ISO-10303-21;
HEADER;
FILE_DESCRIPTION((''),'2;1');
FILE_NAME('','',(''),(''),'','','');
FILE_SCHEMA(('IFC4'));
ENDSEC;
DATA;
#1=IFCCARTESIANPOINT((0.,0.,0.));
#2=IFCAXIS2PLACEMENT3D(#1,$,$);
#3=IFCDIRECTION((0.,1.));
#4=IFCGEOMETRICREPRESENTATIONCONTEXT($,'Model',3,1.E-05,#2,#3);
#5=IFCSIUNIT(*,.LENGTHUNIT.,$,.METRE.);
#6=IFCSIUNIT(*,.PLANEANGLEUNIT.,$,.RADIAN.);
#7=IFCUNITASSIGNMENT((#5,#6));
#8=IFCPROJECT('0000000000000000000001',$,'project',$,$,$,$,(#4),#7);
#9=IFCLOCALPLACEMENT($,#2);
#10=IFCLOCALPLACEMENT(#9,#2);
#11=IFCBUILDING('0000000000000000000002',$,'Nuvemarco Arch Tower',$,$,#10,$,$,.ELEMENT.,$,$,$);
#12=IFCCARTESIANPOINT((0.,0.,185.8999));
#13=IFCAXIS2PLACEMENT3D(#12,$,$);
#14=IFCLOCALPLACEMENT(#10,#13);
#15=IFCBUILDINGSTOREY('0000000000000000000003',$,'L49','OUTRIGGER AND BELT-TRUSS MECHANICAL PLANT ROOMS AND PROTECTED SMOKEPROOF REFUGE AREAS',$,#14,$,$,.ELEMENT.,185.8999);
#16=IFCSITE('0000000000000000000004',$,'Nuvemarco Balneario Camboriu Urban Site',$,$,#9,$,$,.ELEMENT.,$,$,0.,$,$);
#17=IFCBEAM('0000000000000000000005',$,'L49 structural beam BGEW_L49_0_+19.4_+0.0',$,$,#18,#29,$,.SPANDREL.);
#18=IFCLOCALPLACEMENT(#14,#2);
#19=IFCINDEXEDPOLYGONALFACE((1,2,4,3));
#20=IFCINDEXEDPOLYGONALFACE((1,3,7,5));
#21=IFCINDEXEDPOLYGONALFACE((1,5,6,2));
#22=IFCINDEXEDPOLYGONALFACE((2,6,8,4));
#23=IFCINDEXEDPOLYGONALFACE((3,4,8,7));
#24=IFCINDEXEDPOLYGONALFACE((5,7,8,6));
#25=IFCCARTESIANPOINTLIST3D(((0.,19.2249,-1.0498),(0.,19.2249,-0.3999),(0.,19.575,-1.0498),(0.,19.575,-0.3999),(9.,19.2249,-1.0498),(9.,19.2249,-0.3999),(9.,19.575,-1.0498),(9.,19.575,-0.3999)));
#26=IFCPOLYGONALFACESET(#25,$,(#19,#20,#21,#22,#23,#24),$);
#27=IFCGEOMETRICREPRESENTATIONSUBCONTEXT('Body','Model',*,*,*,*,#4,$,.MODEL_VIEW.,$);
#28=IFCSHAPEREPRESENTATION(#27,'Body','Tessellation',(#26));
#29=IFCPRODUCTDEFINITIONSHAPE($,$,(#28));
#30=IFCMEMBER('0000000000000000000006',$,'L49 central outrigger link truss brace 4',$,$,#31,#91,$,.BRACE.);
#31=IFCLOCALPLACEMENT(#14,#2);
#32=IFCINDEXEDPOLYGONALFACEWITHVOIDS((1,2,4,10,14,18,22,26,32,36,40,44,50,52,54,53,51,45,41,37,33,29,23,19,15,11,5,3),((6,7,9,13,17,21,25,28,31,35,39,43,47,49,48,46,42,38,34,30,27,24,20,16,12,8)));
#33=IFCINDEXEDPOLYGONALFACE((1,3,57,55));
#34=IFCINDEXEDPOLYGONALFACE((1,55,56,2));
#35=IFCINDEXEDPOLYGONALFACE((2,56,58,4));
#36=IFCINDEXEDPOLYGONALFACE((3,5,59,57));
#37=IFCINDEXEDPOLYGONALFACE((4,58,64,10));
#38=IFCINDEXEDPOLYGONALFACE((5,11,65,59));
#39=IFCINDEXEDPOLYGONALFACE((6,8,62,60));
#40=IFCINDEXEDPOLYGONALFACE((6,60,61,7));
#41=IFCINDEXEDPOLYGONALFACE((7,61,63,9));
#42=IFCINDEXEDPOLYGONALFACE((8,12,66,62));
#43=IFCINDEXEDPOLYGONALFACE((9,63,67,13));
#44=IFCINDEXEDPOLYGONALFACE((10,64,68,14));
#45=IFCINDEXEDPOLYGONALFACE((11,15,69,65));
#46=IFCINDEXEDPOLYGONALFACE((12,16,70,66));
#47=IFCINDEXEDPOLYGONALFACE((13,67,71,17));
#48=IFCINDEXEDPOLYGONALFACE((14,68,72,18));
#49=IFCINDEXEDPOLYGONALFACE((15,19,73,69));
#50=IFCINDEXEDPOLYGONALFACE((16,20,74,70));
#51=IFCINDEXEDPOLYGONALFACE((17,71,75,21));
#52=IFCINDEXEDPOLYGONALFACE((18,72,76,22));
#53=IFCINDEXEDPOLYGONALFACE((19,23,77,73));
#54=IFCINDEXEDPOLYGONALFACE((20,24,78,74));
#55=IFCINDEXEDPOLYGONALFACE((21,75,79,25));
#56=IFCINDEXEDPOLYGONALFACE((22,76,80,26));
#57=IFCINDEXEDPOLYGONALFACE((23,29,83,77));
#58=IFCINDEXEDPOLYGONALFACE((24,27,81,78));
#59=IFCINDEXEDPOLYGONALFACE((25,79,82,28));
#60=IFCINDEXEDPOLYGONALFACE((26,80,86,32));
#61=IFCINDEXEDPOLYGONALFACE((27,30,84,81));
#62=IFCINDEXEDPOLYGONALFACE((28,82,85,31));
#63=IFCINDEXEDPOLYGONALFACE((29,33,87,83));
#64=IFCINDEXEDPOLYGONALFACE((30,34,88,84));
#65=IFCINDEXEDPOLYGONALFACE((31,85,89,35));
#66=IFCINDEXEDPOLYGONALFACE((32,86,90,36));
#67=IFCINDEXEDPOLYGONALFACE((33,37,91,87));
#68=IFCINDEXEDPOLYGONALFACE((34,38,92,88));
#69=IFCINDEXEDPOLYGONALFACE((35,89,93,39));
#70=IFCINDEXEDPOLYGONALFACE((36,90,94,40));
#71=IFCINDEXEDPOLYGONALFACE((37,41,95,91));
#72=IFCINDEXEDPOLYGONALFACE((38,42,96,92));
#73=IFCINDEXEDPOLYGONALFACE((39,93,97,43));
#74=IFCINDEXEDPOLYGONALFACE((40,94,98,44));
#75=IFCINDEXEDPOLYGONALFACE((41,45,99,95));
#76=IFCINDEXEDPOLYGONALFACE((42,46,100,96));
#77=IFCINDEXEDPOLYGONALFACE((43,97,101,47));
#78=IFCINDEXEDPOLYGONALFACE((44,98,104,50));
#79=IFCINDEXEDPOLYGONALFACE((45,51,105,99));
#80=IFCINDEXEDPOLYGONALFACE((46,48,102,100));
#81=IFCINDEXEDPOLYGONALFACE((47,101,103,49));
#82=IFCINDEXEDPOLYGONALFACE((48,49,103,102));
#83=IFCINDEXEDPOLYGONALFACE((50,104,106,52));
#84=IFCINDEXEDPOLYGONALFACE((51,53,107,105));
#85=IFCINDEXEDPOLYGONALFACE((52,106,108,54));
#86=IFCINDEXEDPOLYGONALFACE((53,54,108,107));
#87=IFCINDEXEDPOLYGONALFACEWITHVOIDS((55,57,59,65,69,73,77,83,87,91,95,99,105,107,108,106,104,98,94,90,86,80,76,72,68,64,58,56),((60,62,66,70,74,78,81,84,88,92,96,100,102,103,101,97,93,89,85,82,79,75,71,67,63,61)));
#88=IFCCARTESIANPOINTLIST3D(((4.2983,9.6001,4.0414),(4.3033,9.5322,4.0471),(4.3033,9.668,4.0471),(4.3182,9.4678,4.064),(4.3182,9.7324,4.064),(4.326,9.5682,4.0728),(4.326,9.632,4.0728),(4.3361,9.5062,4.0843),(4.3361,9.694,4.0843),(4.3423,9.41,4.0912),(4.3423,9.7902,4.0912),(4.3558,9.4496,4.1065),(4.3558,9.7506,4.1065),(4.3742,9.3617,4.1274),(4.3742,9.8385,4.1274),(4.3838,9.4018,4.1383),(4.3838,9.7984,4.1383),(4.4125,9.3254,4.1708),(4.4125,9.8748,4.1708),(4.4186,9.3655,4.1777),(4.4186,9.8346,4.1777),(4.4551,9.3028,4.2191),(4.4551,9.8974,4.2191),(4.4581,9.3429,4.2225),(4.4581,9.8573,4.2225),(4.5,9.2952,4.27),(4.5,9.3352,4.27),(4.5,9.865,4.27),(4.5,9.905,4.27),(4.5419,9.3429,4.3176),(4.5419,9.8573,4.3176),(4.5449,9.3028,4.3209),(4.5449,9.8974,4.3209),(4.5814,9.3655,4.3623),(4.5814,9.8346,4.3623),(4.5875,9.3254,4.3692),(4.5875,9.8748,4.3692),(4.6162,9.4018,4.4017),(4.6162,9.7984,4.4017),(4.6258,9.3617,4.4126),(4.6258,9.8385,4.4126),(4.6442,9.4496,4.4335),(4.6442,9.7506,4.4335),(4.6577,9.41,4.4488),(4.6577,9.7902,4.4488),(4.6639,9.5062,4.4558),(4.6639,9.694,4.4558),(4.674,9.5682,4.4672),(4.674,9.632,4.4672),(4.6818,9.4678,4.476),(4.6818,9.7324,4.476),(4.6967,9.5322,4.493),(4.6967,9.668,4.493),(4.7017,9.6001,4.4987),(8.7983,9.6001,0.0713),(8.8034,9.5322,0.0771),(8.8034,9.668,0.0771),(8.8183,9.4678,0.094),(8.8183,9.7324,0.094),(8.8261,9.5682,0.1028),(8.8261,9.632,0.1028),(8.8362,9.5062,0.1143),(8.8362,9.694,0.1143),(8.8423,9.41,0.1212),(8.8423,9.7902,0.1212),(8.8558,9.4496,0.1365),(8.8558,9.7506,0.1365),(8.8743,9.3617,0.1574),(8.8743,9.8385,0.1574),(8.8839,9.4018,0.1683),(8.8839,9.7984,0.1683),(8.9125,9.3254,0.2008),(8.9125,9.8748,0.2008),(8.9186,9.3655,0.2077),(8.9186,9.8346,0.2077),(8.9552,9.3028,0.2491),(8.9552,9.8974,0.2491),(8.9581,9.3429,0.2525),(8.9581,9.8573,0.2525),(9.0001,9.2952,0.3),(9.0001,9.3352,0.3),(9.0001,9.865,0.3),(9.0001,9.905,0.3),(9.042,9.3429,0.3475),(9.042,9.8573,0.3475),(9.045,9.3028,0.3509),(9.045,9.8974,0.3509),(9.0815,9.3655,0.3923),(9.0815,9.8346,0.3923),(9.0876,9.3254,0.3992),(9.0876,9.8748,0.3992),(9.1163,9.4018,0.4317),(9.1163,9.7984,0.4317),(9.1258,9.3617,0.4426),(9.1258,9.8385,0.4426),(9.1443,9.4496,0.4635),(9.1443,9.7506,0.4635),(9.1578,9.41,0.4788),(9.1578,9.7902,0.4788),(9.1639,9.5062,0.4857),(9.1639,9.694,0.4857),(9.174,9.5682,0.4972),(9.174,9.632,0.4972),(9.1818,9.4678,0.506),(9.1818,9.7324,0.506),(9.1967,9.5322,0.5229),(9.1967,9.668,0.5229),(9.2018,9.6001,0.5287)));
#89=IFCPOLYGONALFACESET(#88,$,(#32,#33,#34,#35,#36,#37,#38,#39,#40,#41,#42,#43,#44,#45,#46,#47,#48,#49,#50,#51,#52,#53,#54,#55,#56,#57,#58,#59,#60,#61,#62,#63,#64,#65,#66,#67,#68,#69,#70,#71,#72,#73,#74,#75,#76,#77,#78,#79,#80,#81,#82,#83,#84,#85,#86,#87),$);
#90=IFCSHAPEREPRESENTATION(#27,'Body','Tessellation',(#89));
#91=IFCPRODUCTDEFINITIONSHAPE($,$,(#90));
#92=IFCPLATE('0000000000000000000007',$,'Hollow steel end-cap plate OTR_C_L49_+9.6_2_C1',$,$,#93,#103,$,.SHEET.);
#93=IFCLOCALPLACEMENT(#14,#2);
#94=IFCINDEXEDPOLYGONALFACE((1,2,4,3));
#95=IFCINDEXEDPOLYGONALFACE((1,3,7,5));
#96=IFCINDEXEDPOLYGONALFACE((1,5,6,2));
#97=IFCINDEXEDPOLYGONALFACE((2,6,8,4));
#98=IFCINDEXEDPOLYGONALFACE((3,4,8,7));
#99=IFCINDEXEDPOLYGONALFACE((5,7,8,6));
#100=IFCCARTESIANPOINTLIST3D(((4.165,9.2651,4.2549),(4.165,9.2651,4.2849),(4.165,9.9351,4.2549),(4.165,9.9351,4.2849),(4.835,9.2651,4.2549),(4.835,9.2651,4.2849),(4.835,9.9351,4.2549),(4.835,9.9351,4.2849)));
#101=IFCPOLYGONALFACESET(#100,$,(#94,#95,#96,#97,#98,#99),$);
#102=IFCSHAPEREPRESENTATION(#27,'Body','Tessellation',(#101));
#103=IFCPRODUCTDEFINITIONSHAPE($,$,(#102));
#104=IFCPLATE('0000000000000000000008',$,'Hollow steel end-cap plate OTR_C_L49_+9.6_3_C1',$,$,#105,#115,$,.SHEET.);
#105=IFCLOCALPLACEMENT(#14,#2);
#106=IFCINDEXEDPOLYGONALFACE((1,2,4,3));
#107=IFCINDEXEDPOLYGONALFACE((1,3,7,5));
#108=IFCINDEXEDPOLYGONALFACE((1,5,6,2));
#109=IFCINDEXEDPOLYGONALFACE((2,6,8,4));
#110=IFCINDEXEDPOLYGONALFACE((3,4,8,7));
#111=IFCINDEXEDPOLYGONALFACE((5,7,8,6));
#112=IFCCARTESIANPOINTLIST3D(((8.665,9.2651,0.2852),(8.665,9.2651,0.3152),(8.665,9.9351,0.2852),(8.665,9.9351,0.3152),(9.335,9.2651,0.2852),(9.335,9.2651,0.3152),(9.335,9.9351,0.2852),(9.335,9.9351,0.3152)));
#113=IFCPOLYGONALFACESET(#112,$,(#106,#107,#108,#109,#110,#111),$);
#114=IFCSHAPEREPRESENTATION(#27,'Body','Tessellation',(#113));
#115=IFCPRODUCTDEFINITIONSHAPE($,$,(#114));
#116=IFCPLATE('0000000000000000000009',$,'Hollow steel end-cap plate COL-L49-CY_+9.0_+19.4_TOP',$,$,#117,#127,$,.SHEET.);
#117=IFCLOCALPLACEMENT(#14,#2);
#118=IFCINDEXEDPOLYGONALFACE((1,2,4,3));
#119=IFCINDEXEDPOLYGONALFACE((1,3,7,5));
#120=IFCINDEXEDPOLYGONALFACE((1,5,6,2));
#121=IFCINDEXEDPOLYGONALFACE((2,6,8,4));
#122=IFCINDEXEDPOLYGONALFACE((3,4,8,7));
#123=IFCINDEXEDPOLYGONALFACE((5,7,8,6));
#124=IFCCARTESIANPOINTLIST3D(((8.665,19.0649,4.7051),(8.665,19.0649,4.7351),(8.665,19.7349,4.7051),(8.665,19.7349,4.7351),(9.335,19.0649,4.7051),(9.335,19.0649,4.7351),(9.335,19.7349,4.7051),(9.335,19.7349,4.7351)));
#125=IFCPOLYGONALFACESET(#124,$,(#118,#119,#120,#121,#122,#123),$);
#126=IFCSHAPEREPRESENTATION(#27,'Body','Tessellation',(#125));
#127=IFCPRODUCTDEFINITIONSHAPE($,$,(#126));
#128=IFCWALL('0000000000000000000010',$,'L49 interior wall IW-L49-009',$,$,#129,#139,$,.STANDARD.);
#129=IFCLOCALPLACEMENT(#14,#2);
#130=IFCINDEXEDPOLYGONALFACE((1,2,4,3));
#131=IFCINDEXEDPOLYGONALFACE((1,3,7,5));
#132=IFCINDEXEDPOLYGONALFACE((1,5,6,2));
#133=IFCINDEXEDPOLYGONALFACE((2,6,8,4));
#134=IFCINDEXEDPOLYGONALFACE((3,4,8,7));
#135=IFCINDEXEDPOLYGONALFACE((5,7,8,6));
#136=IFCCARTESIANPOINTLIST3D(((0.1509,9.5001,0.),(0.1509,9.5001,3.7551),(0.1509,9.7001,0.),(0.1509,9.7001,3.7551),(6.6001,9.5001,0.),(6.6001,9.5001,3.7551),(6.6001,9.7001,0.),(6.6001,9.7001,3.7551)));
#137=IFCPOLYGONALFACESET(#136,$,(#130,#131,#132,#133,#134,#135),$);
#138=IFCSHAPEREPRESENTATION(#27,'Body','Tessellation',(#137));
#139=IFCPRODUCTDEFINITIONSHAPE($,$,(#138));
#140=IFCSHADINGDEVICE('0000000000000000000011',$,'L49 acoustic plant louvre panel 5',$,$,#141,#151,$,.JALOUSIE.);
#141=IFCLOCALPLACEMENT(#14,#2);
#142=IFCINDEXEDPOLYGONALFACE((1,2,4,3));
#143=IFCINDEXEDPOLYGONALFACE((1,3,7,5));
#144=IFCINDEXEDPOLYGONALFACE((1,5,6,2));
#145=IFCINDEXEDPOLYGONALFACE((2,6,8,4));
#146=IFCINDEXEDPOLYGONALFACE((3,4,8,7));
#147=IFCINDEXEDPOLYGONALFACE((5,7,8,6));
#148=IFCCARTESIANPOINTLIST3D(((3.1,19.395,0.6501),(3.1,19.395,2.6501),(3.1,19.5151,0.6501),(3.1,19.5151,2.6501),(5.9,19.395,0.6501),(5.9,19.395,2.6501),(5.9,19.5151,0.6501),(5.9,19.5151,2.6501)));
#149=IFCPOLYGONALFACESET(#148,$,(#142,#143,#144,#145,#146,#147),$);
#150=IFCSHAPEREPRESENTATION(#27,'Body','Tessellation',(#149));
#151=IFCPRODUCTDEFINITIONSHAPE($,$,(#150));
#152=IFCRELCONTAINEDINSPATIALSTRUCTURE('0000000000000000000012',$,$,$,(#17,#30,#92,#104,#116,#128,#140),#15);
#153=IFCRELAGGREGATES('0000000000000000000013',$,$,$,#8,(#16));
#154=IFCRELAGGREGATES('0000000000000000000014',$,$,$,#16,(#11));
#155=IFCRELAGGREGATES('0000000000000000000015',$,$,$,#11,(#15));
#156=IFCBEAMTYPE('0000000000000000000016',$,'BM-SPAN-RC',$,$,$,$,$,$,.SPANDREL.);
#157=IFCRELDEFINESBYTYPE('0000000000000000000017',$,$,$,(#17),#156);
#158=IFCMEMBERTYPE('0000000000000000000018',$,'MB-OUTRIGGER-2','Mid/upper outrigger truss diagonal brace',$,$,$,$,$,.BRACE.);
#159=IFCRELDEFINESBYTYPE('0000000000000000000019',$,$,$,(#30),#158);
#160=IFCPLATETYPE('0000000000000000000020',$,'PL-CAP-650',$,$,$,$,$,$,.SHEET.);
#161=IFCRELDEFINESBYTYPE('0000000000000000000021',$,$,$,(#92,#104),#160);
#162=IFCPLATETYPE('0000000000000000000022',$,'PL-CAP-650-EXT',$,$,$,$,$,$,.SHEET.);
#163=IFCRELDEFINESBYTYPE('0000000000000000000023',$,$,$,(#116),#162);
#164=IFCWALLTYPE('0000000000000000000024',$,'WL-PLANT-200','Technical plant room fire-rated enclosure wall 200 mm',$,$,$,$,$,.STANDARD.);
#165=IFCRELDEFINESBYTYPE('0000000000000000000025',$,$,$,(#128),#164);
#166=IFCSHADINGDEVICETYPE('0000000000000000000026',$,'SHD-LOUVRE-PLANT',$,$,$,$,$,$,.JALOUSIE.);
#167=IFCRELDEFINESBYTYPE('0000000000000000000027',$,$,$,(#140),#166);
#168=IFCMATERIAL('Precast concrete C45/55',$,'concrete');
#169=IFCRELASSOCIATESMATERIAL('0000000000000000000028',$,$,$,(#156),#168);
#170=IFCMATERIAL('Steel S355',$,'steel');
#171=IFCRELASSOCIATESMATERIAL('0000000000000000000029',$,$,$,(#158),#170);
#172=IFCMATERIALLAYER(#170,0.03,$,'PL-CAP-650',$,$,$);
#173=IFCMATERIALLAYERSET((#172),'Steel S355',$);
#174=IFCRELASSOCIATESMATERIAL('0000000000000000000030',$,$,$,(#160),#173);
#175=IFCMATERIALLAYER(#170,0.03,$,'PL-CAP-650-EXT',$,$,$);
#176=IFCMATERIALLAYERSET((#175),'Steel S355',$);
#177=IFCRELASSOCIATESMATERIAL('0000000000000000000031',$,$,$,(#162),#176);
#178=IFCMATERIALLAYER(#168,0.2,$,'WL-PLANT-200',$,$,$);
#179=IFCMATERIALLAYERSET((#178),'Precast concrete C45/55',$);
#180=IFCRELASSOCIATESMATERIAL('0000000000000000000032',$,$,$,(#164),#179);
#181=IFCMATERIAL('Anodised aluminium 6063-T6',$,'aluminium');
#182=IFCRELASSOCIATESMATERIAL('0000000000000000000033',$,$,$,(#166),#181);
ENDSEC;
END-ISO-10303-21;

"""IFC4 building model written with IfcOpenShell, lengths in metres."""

from ifc_helpers import new_model, si_unit, direction, frame, frame_2d, origin, origin_2d, place, context, subcontext, project, spatial, rectangle, hollow_circle, extrude, source, transform, mapped, material, layer, layer_set, material_profile, profile_set, type_object, type_shapes, element, save


model = new_model("IFC4")

# Units and contexts
model_context = context("Model", 3, precision=1e-05, world=origin(), true_north=direction((0.0, 1.0)))
body_context = subcontext(model_context, "Body", "Model", "MODEL_VIEW")
ifc_project = project(units=[si_unit("LENGTHUNIT", "METRE"), si_unit("PLANEANGLEUNIT", "RADIAN")], contexts=[model_context])

# Site, building, storey
site_placement = place(None, origin())
site = spatial("IfcSite", under=ifc_project, at=site_placement, Name="Nuvemarco Balneario Camboriu Urban Site", CompositionType="ELEMENT", RefElevation=0.0)
building_placement = place(site_placement, origin())
building = spatial("IfcBuilding", under=site, at=building_placement, Name="Nuvemarco Arch Tower", CompositionType="ELEMENT")
storey_placement = place(building_placement, frame((0.0, 0.0, 185.8999)))
storey = spatial("IfcBuildingStorey", under=building, at=storey_placement, Name="L49", Description="OUTRIGGER AND BELT-TRUSS MECHANICAL PLANT ROOMS AND PROTECTED SMOKEPROOF REFUGE AREAS", CompositionType="ELEMENT", Elevation=185.8999)

# Shared definitions
ifc_material_1 = material(Name="Steel S355", Category="steel")

# Beam
ifc_material_2 = material(Name="Precast concrete C45/55", Category="concrete")
ifc_material_profile_1 = material_profile(ifc_material_2, rectangle(XDim=0.3501, YDim=0.6499, at=origin_2d()), Name="PC-SP-350x650")
ifc_profile_set_1 = profile_set([ifc_material_profile_1], Name="Precast concrete C45/55")
beam_type_1 = type_object("IfcBeamType", Name="BM-SPAN-RC", PredefinedType="SPANDREL", material=ifc_profile_set_1)
beam_1_placement = place(storey_placement, frame((0.0, 19.3999, -0.7249), z_axis=(1.0, 0.0, 0.0), x_axis=(0.0, 1.0, 0.0)))
element("IfcBeam", 1, at=beam_1_placement, inside=storey, type_object=beam_type_1, Name="L49 structural beam BGEW_L49_0_+19.4_+0.0", PredefinedType="SPANDREL", context=body_context, shape_type="SweptSolid", body=[
    extrude(rectangle(XDim=0.3501, YDim=0.6499, at=origin_2d()), origin(), (0.0, 0.0, 1.0), 9.0),
])

# Member
ifc_material_profile_2 = material_profile(ifc_material_1, hollow_circle(Radius=0.3049, WallThickness=0.04, at=origin_2d()), Name="CHS610x40")
ifc_profile_set_2 = profile_set([ifc_material_profile_2], Name="Steel S355")
member_type = type_object("IfcMemberType", Name="MB-OUTRIGGER-2", Description="Mid/upper outrigger truss diagonal brace", PredefinedType="BRACE", material=ifc_profile_set_2)
member_placement = place(storey_placement, frame((4.5, 9.6001, 4.27), z_axis=(0.749889, 0.0, -0.661564), x_axis=(0.0, 1.0, 0.0)))
element("IfcMember", 2, at=member_placement, inside=storey, type_object=member_type, Name="L49 central outrigger link truss brace 4", PredefinedType="BRACE", context=body_context, shape_type="SweptSolid", body=[
    extrude(hollow_circle(Radius=0.3049, WallThickness=0.04, at=origin_2d()), origin(), (0.0, 0.0, 1.0), 6.001),
])

# Plates
ifc_layer_1 = layer(ifc_material_1, 0.03, Name="PL-CAP-650")
ifc_layer_set_1 = layer_set([ifc_layer_1], Name="Steel S355")
plate_type_1 = type_object("IfcPlateType", Name="PL-CAP-650", PredefinedType="SHEET", material=ifc_layer_set_1)
shared_shape_1 = source(origin(), body_context, "Body", "SweptSolid", [
    extrude(rectangle(XDim=0.6699, YDim=0.6699, at=origin_2d()), origin(), (0.0, 0.0, 1.0), 0.03),
])
type_shapes(plate_type_1, [shared_shape_1])
for number, where, z_axis, x_axis, name in (
    (3, (4.5, 9.6001, 4.2549), (0.0, 0.0, 1.0), (1.0, 0.0, 0.0), "Hollow steel end-cap plate OTR_C_L49_+9.6_2_C1"),
    (4, (9.0, 9.6001, 0.2852), (0.0, 0.0, 1.0), (1.0, 0.0, 0.0), "Hollow steel end-cap plate OTR_C_L49_+9.6_3_C1"),
):
    element("IfcPlate", number, at=place(storey_placement, frame(where, z_axis=z_axis, x_axis=x_axis)), inside=storey, type_object=plate_type_1, Name=name, PredefinedType="SHEET", context=body_context, shape_type="MappedRepresentation", body=[
        mapped(shared_shape_1, transform((0.0, 0.0, 0.0), scale=1.0)),
    ])
ifc_layer_2 = layer(ifc_material_1, 0.03, Name="PL-CAP-650-EXT")
ifc_layer_set_2 = layer_set([ifc_layer_2], Name="Steel S355")
plate_type_2 = type_object("IfcPlateType", Name="PL-CAP-650-EXT", PredefinedType="SHEET", material=ifc_layer_set_2)
shared_shape_2 = source(origin(), body_context, "Body", "SweptSolid", [
    extrude(rectangle(XDim=0.6699, YDim=0.6699, at=origin_2d()), origin(), (0.0, 0.0, 1.0), 0.03),
])
type_shapes(plate_type_2, [shared_shape_2])
plate_placement = place(storey_placement, frame((9.0, 19.3999, 4.7051), z_axis=(0.0, 0.0, 1.0), x_axis=(1.0, 0.0, 0.0)))
element("IfcPlate", 5, at=plate_placement, inside=storey, type_object=plate_type_2, Name="Hollow steel end-cap plate COL-L49-CY_+9.0_+19.4_TOP", PredefinedType="SHEET", context=body_context, shape_type="MappedRepresentation", body=[
    mapped(shared_shape_2, transform((0.0, 0.0, 0.0), scale=1.0)),
])

# Wall
ifc_layer_3 = layer(ifc_material_2, 0.2, Name="WL-PLANT-200")
ifc_layer_set_3 = layer_set([ifc_layer_3], Name="Precast concrete C45/55")
wall_type = type_object("IfcWallType", Name="WL-PLANT-200", Description="Technical plant room fire-rated enclosure wall 200 mm", PredefinedType="STANDARD", material=ifc_layer_set_3)
wall_placement = place(storey_placement, frame((0.1509, 9.6001, 0.0), z_axis=(0.0, 0.0, 1.0), x_axis=(1.0, 0.0, 0.0)))
element("IfcWall", 6, at=wall_placement, inside=storey, type_object=wall_type, Name="L49 interior wall IW-L49-009", PredefinedType="STANDARD", context=body_context, shape_type="SweptSolid", body=[
    extrude(rectangle(XDim=6.4492, YDim=0.2, at=frame_2d((3.2246, 0.0))), origin(), (0.0, 0.0, 1.0), 3.7551),
])

# Shading device
ifc_material_3 = material(Name="Anodised aluminium 6063-T6", Category="aluminium")
shading_device_type = type_object("IfcShadingDeviceType", Name="SHD-LOUVRE-PLANT", PredefinedType="JALOUSIE", material=ifc_material_3)
shared_shape_3 = source(origin(), body_context, "Body", "SweptSolid", [
    extrude(rectangle(XDim=2.8, YDim=0.1201, at=origin_2d()), origin(), (0.0, 0.0, 1.0), 2.0),
])
type_shapes(shading_device_type, [shared_shape_3])
shading_device_placement = place(storey_placement, frame((4.5, 19.4551, 0.6501), z_axis=(0.0, 0.0, 1.0), x_axis=(1.0, 0.0, 0.0)))
element("IfcShadingDevice", 7, at=shading_device_placement, inside=storey, type_object=shading_device_type, Name="L49 acoustic plant louvre panel 5", PredefinedType="JALOUSIE", context=body_context, shape_type="MappedRepresentation", body=[
    mapped(shared_shape_3, transform((0.0, 0.0, 0.0), scale=1.0)),
])

save(model, "model.ifc")
